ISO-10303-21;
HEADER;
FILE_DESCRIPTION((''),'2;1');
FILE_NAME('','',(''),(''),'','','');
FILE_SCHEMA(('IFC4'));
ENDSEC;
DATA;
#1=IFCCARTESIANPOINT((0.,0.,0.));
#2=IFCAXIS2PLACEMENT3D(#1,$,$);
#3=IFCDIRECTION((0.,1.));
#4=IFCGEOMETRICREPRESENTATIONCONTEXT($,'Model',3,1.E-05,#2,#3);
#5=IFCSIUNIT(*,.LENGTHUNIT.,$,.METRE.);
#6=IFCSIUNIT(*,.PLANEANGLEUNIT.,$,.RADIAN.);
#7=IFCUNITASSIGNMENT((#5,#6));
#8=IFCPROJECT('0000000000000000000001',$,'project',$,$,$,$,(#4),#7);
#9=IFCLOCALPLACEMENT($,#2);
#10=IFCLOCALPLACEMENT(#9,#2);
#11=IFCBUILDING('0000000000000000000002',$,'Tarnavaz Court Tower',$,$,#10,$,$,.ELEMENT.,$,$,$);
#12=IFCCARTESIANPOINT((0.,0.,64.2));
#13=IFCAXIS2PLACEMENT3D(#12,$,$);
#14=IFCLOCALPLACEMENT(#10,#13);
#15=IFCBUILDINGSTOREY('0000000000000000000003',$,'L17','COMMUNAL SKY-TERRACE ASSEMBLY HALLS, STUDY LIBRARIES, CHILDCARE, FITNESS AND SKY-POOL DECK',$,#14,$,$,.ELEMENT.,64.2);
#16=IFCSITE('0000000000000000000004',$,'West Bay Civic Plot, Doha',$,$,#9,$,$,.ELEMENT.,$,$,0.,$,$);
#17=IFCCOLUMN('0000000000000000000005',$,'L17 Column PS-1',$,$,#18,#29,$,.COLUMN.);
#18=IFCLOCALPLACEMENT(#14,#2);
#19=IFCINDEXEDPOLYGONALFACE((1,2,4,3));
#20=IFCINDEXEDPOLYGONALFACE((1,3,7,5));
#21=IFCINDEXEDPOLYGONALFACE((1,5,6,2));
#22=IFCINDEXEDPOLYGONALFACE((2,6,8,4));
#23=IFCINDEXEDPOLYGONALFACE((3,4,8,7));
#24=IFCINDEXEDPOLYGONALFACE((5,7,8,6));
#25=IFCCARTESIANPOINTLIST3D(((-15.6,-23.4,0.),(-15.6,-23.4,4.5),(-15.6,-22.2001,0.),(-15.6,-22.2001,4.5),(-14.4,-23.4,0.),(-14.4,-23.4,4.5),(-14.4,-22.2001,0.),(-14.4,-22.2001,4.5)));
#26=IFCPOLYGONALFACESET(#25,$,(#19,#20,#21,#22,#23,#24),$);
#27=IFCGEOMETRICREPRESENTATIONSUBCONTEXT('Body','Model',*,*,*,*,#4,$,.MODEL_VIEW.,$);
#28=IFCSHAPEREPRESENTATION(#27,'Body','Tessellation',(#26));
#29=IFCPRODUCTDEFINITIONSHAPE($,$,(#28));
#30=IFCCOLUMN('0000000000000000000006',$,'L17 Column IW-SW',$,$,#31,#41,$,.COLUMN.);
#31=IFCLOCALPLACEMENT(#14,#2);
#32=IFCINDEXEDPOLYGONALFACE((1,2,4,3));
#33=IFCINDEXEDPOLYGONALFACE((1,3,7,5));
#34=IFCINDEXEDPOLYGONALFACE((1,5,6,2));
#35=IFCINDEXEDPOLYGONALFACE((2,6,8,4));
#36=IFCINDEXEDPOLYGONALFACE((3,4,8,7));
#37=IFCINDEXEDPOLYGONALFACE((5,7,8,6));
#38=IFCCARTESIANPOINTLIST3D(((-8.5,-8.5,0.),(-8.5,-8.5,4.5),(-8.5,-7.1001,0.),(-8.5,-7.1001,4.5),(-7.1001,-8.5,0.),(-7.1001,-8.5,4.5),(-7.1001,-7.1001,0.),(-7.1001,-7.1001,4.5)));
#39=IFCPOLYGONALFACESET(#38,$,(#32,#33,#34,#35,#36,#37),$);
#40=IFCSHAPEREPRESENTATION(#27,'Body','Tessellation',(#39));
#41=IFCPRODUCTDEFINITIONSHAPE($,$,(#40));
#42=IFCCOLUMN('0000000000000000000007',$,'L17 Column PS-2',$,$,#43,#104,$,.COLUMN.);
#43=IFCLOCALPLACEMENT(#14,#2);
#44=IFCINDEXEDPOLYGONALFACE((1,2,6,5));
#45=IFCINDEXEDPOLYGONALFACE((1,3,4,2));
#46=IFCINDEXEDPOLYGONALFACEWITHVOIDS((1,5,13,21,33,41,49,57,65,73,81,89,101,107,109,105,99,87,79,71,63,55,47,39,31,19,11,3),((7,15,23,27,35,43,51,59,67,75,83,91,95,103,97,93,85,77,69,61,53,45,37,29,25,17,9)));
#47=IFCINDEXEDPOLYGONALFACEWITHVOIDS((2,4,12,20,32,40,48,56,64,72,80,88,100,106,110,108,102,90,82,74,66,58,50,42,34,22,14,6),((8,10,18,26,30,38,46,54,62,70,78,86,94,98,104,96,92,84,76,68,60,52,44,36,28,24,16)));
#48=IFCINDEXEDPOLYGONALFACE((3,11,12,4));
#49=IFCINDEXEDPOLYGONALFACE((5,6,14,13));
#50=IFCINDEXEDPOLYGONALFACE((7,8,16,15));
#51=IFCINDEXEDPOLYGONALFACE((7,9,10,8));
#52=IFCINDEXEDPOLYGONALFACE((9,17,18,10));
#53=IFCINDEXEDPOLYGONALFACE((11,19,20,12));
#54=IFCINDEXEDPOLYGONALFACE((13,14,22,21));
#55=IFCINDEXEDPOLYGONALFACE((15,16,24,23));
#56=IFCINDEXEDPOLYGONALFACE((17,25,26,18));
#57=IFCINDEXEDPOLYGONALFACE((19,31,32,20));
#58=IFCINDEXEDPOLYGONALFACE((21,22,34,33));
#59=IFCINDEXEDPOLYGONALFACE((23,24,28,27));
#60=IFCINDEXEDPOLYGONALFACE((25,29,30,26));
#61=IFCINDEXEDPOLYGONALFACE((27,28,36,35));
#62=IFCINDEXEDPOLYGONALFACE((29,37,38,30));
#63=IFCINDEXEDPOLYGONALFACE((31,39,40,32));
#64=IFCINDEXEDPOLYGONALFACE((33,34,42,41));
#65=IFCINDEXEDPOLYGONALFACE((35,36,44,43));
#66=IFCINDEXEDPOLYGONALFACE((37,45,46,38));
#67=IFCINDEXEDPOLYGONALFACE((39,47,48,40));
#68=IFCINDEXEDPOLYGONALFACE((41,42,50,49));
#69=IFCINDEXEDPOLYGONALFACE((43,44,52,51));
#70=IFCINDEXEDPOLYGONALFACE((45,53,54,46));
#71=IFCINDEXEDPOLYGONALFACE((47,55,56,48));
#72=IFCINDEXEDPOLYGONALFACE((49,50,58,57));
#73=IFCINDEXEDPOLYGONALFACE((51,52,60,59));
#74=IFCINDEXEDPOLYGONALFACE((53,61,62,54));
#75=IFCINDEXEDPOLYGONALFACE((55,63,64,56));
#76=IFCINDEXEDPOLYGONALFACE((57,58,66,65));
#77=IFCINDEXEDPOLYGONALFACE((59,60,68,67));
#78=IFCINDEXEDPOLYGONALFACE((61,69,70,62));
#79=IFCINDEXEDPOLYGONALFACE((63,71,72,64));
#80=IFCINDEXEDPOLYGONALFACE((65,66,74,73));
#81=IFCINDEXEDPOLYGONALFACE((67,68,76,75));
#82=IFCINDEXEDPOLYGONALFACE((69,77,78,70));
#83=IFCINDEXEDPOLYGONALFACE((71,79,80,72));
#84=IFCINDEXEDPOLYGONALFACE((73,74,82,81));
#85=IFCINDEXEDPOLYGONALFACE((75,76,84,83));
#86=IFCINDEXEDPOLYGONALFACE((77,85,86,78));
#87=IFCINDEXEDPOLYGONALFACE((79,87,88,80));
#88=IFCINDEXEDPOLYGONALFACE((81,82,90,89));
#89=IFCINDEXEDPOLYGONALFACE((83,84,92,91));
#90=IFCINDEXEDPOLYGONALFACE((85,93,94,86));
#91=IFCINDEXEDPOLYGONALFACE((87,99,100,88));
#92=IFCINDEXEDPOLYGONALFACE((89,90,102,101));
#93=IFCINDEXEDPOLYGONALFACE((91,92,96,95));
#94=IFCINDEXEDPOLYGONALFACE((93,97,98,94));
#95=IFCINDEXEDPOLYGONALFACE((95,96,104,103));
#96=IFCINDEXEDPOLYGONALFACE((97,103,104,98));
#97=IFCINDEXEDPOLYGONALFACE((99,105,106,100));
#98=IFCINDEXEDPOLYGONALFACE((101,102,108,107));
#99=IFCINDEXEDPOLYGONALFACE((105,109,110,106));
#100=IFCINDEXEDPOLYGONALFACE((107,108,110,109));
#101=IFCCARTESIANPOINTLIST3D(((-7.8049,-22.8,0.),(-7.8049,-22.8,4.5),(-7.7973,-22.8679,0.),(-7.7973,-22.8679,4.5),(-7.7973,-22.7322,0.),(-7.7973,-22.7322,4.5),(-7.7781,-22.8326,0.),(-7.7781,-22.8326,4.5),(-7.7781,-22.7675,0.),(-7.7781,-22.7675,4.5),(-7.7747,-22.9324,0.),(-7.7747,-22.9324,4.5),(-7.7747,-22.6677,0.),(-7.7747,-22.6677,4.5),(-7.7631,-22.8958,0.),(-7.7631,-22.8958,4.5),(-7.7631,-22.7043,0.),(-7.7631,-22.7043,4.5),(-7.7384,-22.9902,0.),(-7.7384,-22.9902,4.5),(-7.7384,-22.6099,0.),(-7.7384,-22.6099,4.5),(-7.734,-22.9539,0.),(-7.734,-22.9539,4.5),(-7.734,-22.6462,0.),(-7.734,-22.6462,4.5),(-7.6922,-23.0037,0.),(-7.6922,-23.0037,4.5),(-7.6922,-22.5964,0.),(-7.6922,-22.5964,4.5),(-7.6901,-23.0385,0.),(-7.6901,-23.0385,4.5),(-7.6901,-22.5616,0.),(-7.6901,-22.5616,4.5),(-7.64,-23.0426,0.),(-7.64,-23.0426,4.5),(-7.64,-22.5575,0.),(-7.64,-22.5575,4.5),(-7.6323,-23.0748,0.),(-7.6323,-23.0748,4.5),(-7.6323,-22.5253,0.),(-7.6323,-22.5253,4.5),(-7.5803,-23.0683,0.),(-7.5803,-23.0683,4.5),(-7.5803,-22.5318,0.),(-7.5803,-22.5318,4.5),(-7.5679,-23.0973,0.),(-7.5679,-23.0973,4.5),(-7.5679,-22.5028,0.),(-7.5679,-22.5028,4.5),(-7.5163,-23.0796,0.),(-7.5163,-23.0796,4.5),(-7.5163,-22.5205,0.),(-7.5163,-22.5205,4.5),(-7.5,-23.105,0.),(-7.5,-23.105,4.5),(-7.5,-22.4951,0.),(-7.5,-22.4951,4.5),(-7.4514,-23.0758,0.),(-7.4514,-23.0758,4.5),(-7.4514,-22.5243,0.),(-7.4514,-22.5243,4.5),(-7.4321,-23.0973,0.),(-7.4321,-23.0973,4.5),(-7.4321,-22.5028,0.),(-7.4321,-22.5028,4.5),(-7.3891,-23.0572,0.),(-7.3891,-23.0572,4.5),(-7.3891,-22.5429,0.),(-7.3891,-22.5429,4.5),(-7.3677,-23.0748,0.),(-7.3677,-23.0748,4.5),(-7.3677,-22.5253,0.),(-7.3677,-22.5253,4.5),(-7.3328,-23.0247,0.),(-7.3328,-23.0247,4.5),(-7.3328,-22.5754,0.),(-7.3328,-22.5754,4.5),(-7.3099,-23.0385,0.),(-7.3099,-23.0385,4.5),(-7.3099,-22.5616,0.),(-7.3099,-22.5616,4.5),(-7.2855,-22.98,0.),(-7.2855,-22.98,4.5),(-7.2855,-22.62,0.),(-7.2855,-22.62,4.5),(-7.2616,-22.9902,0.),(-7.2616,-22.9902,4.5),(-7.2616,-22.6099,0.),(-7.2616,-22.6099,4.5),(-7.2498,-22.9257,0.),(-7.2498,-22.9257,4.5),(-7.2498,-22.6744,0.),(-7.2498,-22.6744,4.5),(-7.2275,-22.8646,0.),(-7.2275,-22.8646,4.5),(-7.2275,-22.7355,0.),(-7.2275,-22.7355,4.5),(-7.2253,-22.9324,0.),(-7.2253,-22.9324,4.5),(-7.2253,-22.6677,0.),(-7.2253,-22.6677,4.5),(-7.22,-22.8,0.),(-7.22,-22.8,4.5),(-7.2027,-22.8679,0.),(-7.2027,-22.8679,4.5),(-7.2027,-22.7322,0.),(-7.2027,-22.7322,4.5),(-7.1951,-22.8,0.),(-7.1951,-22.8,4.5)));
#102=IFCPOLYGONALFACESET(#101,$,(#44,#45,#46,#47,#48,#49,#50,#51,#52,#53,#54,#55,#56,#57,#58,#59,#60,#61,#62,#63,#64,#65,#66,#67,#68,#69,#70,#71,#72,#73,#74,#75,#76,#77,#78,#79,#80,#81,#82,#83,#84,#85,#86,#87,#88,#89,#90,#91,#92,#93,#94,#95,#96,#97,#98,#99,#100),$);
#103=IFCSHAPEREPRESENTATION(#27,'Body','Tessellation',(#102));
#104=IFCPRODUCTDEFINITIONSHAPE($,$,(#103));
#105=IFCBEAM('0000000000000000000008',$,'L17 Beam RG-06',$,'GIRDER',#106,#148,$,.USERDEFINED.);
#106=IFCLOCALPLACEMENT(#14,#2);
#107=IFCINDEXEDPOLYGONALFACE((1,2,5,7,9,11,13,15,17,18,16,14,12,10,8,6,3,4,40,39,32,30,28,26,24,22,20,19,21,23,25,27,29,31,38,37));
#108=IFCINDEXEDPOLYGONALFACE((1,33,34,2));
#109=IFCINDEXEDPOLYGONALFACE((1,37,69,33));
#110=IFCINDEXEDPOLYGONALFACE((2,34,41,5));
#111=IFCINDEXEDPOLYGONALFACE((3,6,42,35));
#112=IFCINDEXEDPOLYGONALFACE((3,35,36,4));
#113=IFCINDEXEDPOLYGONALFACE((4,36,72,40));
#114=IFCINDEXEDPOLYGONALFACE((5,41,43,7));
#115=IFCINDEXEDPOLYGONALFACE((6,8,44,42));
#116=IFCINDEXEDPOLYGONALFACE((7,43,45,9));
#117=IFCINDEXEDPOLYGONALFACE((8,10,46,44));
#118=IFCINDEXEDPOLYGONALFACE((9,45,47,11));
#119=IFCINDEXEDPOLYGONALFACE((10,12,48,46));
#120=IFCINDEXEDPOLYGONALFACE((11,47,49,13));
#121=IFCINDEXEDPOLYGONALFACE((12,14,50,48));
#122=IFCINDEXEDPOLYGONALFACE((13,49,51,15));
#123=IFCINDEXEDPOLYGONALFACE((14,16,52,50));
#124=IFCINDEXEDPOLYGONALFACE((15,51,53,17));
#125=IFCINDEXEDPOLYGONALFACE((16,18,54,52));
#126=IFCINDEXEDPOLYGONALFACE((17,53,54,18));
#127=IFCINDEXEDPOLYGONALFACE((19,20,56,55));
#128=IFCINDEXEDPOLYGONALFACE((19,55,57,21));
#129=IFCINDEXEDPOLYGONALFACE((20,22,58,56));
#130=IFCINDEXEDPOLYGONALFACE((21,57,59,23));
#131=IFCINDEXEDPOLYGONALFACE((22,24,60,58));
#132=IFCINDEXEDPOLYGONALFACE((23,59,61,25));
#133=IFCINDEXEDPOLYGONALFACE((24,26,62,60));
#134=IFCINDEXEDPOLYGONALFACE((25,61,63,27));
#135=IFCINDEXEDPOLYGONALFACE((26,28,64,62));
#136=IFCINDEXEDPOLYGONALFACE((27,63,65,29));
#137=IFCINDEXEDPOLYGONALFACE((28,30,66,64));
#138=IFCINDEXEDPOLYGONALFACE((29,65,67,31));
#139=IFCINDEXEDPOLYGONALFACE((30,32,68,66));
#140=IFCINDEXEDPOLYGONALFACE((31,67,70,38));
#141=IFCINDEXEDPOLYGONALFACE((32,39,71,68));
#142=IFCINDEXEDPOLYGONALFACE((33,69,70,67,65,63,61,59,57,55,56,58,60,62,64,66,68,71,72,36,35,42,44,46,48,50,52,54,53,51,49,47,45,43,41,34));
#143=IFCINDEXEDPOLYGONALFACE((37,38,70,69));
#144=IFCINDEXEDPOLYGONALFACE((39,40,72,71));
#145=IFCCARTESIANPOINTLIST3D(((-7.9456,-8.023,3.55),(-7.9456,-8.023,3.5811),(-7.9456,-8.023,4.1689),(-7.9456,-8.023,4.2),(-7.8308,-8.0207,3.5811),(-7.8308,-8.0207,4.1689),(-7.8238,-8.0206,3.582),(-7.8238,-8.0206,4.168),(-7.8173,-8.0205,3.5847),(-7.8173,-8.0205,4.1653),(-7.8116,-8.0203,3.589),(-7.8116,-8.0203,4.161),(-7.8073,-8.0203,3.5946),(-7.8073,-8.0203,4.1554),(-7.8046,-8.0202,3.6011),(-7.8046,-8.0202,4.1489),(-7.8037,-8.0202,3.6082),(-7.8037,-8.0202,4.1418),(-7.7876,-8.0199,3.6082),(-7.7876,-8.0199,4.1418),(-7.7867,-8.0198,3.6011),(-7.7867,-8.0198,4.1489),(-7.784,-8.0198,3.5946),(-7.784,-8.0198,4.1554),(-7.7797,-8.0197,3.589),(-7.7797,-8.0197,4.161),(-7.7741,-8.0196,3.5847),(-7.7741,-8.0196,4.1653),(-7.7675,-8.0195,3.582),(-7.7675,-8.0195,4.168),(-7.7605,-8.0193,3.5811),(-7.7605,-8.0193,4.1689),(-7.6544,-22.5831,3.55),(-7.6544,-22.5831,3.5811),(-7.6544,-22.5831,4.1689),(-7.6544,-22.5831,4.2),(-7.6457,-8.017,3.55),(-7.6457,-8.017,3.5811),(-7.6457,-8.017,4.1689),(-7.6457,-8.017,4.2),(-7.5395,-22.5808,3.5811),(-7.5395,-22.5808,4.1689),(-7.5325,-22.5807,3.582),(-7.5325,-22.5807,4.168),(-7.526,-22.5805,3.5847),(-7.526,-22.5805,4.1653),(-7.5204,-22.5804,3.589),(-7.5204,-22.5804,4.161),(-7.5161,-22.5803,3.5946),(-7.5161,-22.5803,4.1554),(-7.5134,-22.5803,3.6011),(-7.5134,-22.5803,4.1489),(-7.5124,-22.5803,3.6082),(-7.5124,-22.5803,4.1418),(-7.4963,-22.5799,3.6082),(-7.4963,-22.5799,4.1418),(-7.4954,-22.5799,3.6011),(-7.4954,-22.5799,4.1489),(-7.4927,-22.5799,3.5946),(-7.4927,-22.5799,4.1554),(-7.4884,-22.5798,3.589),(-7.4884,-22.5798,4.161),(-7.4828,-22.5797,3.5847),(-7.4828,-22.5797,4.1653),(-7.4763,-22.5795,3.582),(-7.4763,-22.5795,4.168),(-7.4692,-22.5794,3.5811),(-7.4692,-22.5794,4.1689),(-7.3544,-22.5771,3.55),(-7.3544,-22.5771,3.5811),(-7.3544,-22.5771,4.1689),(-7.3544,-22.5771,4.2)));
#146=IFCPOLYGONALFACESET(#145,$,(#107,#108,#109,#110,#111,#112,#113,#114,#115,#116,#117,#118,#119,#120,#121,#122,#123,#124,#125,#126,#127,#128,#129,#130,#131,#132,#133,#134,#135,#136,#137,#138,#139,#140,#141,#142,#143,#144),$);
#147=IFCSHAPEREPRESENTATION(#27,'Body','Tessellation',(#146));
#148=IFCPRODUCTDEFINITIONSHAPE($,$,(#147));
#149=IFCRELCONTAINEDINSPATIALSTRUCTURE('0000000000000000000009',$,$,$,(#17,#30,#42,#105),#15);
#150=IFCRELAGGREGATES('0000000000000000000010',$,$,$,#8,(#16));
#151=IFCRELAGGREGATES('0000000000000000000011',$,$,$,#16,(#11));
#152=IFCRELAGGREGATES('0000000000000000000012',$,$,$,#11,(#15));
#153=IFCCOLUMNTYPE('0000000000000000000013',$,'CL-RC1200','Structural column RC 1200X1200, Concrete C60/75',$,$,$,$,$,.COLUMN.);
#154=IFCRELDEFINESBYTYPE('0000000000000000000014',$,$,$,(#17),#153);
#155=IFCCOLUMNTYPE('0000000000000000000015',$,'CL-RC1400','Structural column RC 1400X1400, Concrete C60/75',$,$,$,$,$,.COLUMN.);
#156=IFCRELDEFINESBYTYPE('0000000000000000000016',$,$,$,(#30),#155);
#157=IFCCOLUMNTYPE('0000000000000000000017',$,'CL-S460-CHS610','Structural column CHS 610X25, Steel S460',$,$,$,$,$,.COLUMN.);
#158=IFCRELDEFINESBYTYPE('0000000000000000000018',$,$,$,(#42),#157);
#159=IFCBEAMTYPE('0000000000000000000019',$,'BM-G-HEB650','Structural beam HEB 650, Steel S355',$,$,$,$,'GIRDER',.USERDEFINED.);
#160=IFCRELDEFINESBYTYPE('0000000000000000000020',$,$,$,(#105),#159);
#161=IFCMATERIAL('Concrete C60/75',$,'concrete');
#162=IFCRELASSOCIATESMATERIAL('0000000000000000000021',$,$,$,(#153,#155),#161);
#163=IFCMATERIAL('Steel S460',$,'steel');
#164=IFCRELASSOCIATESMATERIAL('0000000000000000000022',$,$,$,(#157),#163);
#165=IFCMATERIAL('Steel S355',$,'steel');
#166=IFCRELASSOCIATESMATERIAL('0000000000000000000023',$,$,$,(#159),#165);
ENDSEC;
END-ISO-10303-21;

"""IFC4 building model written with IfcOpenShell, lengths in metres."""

from ifc_helpers import new_model, si_unit, direction, frame, origin, origin_2d, place, context, subcontext, project, spatial, rectangle, hollow_circle, i_section, extrude, material, material_profile, profile_set, type_object, element, save


model = new_model("IFC4")

# Units and contexts
model_context = context("Model", 3, precision=1e-05, world=origin(), true_north=direction((0.0, 1.0)))
body_context = subcontext(model_context, "Body", "Model", "MODEL_VIEW")
ifc_project = project(units=[si_unit("LENGTHUNIT", "METRE"), si_unit("PLANEANGLEUNIT", "RADIAN")], contexts=[model_context])

# Site, building, storey
site_placement = place(None, origin())
site = spatial("IfcSite", under=ifc_project, at=site_placement, Name="West Bay Civic Plot, Doha", CompositionType="ELEMENT", RefElevation=0.0)
building_placement = place(site_placement, origin())
building = spatial("IfcBuilding", under=site, at=building_placement, Name="Tarnavaz Court Tower", CompositionType="ELEMENT")
storey_placement = place(building_placement, frame((0.0, 0.0, 64.2)))
storey = spatial("IfcBuildingStorey", under=building, at=storey_placement, Name="L17", Description="COMMUNAL SKY-TERRACE ASSEMBLY HALLS, STUDY LIBRARIES, CHILDCARE, FITNESS AND SKY-POOL DECK", CompositionType="ELEMENT", Elevation=64.2)

# Columns
ifc_material_1 = material(Name="Concrete C60/75", Category="concrete")
ifc_material_profile_1 = material_profile(ifc_material_1, rectangle(XDim=1.2, YDim=1.2, at=origin_2d()), Name="RC 1200X1200")
ifc_profile_set_1 = profile_set([ifc_material_profile_1], Name="Concrete C60/75")
column_type_1 = type_object("IfcColumnType", Name="CL-RC1200", Description="Structural column RC 1200X1200, Concrete C60/75", PredefinedType="COLUMN", material=ifc_profile_set_1)
column_1_placement = place(storey_placement, frame((-15.0, -22.8, 0.0), z_axis=(0.0, 0.0, 1.0), x_axis=(1.0, 0.0, 0.0)))
element("IfcColumn", 1, at=column_1_placement, inside=storey, type_object=column_type_1, Name="L17 Column PS-1", PredefinedType="COLUMN", context=body_context, shape_type="SweptSolid", body=[
    extrude(rectangle(XDim=1.2, YDim=1.2, at=origin_2d()), origin(), (0.0, 0.0, 1.0), 4.5),
])
ifc_material_profile_2 = material_profile(ifc_material_1, rectangle(XDim=1.3999, YDim=1.3999, at=origin_2d()), Name="RC 1400X1400")
ifc_profile_set_2 = profile_set([ifc_material_profile_2], Name="Concrete C60/75")
column_type_2 = type_object("IfcColumnType", Name="CL-RC1400", Description="Structural column RC 1400X1400, Concrete C60/75", PredefinedType="COLUMN", material=ifc_profile_set_2)
column_2_placement = place(storey_placement, frame((-7.8, -7.8, 0.0), z_axis=(0.0, 0.0, 1.0), x_axis=(1.0, 0.0, 0.0)))
element("IfcColumn", 2, at=column_2_placement, inside=storey, type_object=column_type_2, Name="L17 Column IW-SW", PredefinedType="COLUMN", context=body_context, shape_type="SweptSolid", body=[
    extrude(rectangle(XDim=1.3999, YDim=1.3999, at=origin_2d()), origin(), (0.0, 0.0, 1.0), 4.5),
])
ifc_material_2 = material(Name="Steel S460", Category="steel")
ifc_material_profile_3 = material_profile(ifc_material_2, hollow_circle(Radius=0.3049, WallThickness=0.0249, at=origin_2d()), Name="CHS 610X25")
ifc_profile_set_3 = profile_set([ifc_material_profile_3], Name="Steel S460")
column_type_3 = type_object("IfcColumnType", Name="CL-S460-CHS610", Description="Structural column CHS 610X25, Steel S460", PredefinedType="COLUMN", material=ifc_profile_set_3)
column_3_placement = place(storey_placement, frame((-7.5, -22.8, 0.0), z_axis=(0.0, 0.0, 1.0), x_axis=(1.0, 0.0, 0.0)))
element("IfcColumn", 3, at=column_3_placement, inside=storey, type_object=column_type_3, Name="L17 Column PS-2", PredefinedType="COLUMN", context=body_context, shape_type="SweptSolid", body=[
    extrude(hollow_circle(Radius=0.3049, WallThickness=0.0249, at=origin_2d()), origin(), (0.0, 0.0, 1.0), 4.5),
])

# Beam
ifc_material_3 = material(Name="Steel S355", Category="steel")
ifc_material_profile_4 = material_profile(ifc_material_3, i_section(OverallWidth=0.3, OverallDepth=0.6499, WebThickness=0.0161, FlangeThickness=0.031, FilletRadius=0.0271, at=origin_2d()), Name="HEB 650")
ifc_profile_set_4 = profile_set([ifc_material_profile_4], Name="Steel S355")
beam_type_1 = type_object("IfcBeamType", Name="BM-G-HEB650", Description="Structural beam HEB 650, Steel S355", ElementType="GIRDER", PredefinedType="USERDEFINED", material=ifc_profile_set_4)
beam_1_placement = place(storey_placement, frame((-7.7957, -8.02, 3.875), z_axis=(0.02, -0.9998, 0.0), x_axis=(0.9998, 0.02, 0.0)))
element("IfcBeam", 4, at=beam_1_placement, inside=storey, type_object=beam_type_1, Name="L17 Beam RG-06", ObjectType="GIRDER", PredefinedType="USERDEFINED", context=body_context, shape_type="SweptSolid", body=[
    extrude(i_section(OverallWidth=0.3, OverallDepth=0.6499, WebThickness=0.0161, FlangeThickness=0.031, FilletRadius=0.0271, at=origin_2d()), origin(), (0.0, 0.0, 1.0), 14.563),
])

save(model, "model.ifc")
